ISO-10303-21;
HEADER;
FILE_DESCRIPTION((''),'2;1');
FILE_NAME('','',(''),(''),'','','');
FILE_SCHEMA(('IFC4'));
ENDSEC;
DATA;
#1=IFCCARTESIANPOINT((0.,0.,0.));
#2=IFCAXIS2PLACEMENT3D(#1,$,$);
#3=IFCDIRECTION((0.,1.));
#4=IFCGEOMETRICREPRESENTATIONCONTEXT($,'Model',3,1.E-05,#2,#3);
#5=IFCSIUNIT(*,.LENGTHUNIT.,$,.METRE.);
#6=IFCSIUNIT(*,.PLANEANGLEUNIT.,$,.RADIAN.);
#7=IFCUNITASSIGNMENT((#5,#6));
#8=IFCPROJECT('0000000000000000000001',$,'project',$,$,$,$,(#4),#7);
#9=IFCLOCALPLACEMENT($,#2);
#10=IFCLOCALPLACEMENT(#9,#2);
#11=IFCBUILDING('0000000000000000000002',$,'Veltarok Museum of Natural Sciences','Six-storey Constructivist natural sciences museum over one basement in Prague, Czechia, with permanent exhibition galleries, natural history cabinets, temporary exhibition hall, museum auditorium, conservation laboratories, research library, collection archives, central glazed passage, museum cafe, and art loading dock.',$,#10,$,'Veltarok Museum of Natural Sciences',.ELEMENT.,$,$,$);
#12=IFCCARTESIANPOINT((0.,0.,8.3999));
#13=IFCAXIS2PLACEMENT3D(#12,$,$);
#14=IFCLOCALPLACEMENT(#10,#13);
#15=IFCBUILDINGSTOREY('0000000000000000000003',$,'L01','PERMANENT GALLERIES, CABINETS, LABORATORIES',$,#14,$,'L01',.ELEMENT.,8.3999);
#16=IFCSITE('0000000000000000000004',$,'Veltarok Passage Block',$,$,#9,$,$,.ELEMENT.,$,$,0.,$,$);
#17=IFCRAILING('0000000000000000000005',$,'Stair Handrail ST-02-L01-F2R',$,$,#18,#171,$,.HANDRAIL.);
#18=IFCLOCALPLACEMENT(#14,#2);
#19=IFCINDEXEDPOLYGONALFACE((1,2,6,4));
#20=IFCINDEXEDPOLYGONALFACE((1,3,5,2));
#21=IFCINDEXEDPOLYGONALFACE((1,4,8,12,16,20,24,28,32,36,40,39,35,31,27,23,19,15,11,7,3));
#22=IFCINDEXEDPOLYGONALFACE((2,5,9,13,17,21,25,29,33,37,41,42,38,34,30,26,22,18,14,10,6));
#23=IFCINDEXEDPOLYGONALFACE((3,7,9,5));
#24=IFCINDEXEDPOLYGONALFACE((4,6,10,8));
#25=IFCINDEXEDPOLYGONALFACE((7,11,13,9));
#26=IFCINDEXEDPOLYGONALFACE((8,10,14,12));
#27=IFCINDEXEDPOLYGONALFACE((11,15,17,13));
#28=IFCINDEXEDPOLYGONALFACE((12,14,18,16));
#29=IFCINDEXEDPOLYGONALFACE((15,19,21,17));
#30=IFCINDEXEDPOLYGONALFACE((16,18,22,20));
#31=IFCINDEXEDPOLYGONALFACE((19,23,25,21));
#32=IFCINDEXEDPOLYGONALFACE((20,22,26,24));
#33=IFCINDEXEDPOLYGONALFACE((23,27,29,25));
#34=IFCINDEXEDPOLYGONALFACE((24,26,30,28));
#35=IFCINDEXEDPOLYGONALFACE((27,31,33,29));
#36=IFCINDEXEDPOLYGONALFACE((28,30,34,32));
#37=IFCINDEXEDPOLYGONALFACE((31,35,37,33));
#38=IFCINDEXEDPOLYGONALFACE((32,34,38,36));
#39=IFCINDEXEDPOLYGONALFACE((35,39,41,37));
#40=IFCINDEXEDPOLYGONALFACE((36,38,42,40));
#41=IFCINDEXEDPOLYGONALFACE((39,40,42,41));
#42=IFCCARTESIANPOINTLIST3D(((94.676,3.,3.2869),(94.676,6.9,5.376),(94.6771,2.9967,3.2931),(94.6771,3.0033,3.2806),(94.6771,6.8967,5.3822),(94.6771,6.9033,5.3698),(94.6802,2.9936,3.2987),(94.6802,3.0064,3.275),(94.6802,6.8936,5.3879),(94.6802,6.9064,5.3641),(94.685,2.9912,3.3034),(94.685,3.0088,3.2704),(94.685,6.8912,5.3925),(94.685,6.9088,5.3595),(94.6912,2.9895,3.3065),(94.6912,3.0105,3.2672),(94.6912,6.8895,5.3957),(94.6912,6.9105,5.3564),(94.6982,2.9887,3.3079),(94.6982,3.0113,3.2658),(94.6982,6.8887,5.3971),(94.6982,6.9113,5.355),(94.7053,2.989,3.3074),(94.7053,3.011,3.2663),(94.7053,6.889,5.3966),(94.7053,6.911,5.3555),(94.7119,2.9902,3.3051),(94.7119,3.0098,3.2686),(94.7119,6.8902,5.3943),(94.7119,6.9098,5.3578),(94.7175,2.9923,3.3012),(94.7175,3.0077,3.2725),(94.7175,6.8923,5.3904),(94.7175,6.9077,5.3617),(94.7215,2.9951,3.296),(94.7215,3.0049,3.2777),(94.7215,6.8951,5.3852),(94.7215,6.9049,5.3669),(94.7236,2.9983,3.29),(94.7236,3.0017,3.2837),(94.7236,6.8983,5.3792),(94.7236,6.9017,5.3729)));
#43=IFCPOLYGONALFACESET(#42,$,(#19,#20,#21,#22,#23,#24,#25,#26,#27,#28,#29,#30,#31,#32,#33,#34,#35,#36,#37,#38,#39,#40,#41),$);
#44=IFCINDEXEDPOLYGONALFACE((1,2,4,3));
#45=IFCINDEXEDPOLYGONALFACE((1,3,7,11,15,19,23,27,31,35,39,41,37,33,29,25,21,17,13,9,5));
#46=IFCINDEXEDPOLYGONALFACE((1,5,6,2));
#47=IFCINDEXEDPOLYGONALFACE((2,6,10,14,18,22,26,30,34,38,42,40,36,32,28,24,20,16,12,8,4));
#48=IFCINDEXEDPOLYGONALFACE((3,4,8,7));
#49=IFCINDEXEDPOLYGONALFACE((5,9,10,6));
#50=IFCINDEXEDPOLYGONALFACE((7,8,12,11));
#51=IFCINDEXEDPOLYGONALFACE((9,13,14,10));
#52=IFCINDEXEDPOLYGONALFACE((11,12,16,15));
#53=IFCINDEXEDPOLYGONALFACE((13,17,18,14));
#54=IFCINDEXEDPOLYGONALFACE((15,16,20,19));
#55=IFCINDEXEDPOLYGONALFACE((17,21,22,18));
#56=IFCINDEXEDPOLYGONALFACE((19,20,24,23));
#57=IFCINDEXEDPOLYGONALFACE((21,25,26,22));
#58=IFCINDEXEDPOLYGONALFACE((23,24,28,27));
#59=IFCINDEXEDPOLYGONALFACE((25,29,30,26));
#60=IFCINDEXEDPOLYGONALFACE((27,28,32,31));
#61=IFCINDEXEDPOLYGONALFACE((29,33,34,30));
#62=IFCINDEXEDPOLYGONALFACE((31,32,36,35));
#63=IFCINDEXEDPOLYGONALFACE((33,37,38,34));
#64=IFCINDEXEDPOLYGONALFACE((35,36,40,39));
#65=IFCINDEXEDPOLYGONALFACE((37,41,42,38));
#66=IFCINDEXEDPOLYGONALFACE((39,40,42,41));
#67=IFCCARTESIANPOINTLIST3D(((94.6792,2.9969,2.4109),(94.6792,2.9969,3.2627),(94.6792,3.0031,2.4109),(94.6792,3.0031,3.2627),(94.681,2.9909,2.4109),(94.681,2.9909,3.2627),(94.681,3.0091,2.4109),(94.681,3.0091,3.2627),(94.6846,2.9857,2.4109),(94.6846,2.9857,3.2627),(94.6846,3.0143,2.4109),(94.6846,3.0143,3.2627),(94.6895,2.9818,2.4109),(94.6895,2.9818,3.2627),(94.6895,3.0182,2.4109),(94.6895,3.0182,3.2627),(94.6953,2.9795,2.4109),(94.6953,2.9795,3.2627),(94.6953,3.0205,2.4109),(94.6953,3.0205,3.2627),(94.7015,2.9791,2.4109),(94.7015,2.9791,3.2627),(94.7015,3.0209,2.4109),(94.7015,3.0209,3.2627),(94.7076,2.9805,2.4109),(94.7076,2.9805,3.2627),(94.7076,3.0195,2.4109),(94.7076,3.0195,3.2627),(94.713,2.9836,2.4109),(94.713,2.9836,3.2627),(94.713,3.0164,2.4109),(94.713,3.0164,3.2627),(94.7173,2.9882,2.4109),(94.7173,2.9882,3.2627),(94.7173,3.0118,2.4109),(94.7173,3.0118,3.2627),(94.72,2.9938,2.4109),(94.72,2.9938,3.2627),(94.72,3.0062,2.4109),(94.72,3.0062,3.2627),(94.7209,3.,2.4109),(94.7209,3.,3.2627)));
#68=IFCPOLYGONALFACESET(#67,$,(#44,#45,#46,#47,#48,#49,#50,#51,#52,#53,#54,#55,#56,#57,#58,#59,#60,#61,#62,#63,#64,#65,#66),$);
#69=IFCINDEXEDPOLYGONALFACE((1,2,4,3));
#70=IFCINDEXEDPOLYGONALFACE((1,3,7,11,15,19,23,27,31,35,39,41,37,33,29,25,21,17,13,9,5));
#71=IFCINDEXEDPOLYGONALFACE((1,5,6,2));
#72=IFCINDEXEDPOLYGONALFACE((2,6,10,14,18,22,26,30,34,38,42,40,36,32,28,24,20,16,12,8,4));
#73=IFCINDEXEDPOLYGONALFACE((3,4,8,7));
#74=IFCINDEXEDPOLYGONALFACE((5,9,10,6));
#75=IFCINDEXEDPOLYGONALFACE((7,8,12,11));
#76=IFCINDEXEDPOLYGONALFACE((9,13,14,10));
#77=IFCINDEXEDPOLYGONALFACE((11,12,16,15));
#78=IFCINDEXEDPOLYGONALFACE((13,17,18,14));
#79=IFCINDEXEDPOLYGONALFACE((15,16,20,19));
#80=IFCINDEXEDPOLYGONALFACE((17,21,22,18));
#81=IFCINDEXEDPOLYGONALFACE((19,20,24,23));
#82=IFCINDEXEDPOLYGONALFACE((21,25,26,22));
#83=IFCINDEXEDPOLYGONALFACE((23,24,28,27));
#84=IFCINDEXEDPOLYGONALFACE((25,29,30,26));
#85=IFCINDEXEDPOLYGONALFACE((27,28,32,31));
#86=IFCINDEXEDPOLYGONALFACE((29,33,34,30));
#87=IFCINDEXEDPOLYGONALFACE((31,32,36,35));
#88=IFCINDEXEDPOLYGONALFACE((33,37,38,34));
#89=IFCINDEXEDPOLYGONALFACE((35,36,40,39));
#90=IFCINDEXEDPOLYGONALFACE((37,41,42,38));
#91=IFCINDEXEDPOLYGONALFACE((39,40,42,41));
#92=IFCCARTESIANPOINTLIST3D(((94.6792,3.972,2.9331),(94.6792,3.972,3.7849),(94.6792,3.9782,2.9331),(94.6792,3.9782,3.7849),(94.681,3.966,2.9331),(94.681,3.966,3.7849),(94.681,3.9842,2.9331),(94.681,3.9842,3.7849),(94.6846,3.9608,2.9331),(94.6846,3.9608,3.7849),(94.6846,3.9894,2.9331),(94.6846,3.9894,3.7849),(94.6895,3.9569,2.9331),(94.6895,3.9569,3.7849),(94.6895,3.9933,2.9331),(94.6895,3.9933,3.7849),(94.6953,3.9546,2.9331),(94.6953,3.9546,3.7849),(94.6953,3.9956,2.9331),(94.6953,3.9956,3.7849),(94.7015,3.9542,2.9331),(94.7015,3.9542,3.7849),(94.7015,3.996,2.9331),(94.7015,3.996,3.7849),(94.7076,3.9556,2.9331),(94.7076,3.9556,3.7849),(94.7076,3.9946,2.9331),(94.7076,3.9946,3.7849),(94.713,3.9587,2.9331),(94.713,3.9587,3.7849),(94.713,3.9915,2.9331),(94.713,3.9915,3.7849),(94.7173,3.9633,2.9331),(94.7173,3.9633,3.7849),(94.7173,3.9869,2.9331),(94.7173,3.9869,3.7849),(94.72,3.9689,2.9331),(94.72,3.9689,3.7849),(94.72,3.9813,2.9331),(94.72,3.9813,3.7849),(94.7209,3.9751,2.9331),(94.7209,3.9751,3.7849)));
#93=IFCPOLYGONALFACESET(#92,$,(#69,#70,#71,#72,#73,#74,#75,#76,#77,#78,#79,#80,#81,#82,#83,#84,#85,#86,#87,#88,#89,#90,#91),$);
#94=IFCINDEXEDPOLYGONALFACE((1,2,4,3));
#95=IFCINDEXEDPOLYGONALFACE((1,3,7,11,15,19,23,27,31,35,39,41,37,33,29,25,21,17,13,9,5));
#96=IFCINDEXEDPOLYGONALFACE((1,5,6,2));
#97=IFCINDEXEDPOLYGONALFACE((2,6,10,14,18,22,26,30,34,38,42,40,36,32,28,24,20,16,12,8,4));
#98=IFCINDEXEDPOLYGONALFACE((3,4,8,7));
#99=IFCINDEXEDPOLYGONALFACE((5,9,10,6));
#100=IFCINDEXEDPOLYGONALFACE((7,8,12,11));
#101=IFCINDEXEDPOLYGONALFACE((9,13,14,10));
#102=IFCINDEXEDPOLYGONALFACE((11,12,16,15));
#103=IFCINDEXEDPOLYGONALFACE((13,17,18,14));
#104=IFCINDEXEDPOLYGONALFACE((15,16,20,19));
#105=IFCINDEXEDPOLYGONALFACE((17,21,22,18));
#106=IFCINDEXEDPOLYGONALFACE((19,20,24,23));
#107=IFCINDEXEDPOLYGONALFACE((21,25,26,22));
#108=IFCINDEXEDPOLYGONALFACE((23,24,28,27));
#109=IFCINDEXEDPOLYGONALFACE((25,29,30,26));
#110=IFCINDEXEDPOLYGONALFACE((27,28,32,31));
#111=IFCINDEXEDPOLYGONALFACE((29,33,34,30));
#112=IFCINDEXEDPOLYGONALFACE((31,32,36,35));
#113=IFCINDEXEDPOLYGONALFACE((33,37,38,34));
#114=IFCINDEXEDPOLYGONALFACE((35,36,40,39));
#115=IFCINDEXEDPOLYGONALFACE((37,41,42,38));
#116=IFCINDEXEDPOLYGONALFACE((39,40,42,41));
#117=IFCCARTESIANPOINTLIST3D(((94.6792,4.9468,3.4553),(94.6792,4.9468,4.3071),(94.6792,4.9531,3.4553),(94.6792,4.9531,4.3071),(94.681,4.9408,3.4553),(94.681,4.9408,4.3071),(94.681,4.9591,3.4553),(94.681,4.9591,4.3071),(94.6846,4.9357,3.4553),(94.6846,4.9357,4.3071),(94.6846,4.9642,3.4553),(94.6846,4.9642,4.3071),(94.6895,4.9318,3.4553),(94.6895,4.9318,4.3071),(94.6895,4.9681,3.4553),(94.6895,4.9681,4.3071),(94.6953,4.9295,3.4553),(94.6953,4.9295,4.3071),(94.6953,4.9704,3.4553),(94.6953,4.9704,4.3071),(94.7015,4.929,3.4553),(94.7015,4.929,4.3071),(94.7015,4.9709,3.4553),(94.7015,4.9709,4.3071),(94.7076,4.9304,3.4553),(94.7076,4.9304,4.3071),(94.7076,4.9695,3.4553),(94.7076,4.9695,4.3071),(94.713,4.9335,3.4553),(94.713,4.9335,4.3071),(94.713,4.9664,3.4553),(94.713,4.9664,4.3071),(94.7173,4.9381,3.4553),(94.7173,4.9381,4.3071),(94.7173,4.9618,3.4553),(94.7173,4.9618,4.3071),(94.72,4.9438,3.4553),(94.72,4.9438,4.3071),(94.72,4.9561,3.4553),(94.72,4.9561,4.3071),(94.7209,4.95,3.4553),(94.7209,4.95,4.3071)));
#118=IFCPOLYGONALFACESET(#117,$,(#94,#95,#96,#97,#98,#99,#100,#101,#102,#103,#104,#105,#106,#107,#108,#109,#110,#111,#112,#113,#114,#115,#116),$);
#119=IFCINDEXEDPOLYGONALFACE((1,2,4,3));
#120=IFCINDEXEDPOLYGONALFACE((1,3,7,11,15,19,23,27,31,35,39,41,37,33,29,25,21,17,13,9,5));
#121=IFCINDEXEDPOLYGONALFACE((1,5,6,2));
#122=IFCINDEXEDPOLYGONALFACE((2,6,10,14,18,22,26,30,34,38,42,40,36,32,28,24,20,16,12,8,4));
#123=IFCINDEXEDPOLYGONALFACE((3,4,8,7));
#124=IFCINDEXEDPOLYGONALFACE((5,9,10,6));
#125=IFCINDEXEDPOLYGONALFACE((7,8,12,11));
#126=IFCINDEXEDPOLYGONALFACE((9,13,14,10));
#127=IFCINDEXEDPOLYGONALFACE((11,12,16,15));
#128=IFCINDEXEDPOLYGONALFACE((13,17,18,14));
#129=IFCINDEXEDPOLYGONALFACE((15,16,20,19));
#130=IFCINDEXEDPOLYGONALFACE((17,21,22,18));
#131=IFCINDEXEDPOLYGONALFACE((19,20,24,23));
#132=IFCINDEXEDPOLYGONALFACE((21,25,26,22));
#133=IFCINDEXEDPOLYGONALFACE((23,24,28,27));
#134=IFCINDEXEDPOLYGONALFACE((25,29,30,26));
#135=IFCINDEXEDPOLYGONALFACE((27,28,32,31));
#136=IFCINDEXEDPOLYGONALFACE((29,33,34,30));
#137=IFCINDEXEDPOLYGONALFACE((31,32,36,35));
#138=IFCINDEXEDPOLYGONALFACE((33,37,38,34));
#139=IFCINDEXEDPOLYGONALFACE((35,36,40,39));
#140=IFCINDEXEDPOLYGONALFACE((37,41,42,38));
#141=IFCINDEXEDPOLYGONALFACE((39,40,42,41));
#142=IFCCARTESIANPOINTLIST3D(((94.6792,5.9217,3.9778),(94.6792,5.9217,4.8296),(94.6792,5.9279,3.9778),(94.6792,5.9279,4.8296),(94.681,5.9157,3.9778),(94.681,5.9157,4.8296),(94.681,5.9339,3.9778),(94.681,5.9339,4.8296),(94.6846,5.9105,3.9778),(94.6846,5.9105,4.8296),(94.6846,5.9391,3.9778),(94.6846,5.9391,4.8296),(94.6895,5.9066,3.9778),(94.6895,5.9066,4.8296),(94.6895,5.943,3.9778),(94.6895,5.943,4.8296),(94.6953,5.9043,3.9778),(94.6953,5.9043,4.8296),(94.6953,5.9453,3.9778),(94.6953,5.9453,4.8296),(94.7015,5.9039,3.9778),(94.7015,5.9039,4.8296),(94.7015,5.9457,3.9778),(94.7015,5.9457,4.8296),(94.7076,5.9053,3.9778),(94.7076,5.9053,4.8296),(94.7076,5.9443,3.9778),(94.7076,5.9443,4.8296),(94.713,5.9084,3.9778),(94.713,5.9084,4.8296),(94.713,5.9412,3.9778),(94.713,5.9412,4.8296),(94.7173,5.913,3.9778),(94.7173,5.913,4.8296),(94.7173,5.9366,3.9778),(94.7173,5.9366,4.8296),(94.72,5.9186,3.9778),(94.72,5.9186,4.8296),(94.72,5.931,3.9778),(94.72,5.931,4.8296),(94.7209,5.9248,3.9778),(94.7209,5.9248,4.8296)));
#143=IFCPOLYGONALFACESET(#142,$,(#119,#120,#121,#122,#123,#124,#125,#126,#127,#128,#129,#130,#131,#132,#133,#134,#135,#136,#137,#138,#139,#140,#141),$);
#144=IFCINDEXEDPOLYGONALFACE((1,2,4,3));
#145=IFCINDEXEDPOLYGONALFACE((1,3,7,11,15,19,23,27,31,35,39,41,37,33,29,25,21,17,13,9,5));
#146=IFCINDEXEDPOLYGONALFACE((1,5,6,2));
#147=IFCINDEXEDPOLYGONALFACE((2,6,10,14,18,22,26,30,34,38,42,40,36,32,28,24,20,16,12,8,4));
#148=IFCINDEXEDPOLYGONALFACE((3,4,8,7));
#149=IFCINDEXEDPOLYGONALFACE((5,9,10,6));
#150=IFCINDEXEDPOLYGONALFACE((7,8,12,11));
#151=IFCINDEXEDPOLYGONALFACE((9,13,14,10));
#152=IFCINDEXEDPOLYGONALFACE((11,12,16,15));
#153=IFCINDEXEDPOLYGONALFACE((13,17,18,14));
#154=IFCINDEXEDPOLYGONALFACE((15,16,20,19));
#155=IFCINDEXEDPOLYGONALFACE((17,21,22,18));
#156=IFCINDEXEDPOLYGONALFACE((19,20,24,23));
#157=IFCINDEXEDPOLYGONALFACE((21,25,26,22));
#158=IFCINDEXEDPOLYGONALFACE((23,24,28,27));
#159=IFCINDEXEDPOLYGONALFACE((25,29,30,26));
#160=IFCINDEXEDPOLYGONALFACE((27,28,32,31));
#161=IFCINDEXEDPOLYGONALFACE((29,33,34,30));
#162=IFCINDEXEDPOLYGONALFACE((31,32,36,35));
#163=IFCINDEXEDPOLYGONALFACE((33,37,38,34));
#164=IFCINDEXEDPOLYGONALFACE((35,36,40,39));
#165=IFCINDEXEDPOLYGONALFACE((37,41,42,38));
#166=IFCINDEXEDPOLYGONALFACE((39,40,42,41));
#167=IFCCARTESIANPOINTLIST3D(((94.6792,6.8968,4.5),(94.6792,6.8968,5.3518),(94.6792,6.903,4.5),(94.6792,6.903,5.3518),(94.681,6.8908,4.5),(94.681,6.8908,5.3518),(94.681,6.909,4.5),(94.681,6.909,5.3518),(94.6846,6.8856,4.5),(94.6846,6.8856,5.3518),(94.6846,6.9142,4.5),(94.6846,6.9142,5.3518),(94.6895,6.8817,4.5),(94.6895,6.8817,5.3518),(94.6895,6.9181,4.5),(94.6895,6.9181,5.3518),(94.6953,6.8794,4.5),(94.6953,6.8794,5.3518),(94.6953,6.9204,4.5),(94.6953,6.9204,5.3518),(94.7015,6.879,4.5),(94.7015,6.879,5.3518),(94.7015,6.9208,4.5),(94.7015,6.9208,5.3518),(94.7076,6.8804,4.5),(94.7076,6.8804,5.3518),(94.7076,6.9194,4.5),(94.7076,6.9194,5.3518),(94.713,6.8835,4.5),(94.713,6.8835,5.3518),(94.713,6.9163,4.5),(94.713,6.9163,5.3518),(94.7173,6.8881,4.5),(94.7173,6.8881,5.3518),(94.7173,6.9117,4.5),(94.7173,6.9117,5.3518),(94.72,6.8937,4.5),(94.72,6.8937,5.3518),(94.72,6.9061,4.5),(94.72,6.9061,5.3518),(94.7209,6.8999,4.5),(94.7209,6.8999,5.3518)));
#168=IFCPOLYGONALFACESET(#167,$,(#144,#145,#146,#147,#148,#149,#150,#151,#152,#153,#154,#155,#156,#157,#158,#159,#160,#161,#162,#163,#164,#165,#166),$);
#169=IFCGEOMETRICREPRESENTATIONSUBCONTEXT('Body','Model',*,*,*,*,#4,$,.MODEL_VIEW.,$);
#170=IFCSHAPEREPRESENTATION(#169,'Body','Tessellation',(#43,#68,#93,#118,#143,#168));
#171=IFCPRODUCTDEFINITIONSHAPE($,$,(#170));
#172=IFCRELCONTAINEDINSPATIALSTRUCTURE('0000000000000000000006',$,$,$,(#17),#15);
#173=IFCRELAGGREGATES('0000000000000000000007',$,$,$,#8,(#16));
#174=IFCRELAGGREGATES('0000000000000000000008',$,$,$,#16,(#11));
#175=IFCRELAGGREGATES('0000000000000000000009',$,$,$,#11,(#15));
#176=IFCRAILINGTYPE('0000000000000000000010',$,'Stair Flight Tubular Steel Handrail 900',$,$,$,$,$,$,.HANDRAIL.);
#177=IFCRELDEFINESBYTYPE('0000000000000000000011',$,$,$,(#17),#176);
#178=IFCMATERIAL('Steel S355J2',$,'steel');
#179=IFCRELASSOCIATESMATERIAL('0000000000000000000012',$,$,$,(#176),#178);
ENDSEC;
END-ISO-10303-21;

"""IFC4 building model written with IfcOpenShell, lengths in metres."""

from ifc_helpers import new_model, si_unit, direction, frame, origin, origin_2d, place, context, subcontext, project, spatial, circle, extrude, material, type_object, element, save


model = new_model("IFC4")

# Units and contexts
model_context = context("Model", 3, precision=1e-05, world=origin(), true_north=direction((0.0, 1.0)))
body_context = subcontext(model_context, "Body", "Model", "MODEL_VIEW")
ifc_project = project(units=[si_unit("LENGTHUNIT", "METRE"), si_unit("PLANEANGLEUNIT", "RADIAN")], contexts=[model_context])

# Site, building, storey
site_placement = place(None, origin())
site = spatial("IfcSite", under=ifc_project, at=site_placement, Name="Veltarok Passage Block", CompositionType="ELEMENT", RefElevation=0.0)
building_placement = place(site_placement, origin())
building = spatial("IfcBuilding", under=site, at=building_placement, Name="Veltarok Museum of Natural Sciences", Description="Six-storey Constructivist natural sciences museum over one basement in Prague, Czechia, with permanent exhibition galleries, natural history cabinets, temporary exhibition hall, museum auditorium, conservation laboratories, research library, collection archives, central glazed passage, museum cafe, and art loading dock.", LongName="Veltarok Museum of Natural Sciences", CompositionType="ELEMENT")
storey_placement = place(building_placement, frame((0.0, 0.0, 8.3999)))
storey = spatial("IfcBuildingStorey", under=building, at=storey_placement, Name="L01", Description="PERMANENT GALLERIES, CABINETS, LABORATORIES", LongName="L01", CompositionType="ELEMENT", Elevation=8.3999)

# Shared definitions
ifc_material_1 = material(Name="Steel S355J2", Category="steel")

# Railing
railing_type_1 = type_object("IfcRailingType", Name="Stair Flight Tubular Steel Handrail 900", PredefinedType="HANDRAIL", material=ifc_material_1)
for number, where, name in (
    (1, (94.7, 3.0, 2.4109), "Stair Handrail ST-02-L01-F2R"),
):
    element("IfcRailing", number, at=place(storey_placement, frame(where)), inside=storey, type_object=railing_type_1, Name=name, PredefinedType="HANDRAIL", context=body_context, shape_type="SweptSolid", body=[
        extrude(circle(Radius=0.0239, at=origin_2d()), frame((0.0, 0.0, 0.876), z_axis=(0.0, 0.881491, 0.4722), x_axis=(-1.0, 0.0, 0.0)), (0.0, 0.0, 1.0), 4.4243),
        extrude(circle(Radius=0.021, at=origin_2d()), origin(), (0.0, 0.0, 1.0), 0.8518),
        extrude(circle(Radius=0.021, at=origin_2d()), frame((0.0, 0.9751, 0.5222)), (0.0, 0.0, 1.0), 0.8518),
        extrude(circle(Radius=0.021, at=origin_2d()), frame((0.0, 1.95, 1.0444)), (0.0, 0.0, 1.0), 0.8518),
        extrude(circle(Radius=0.021, at=origin_2d()), frame((0.0, 2.9248, 1.5669)), (0.0, 0.0, 1.0), 0.8518),
        extrude(circle(Radius=0.021, at=origin_2d()), frame((0.0, 3.8999, 2.0891)), (0.0, 0.0, 1.0), 0.8518),
    ])

save(model, "model.ifc")
